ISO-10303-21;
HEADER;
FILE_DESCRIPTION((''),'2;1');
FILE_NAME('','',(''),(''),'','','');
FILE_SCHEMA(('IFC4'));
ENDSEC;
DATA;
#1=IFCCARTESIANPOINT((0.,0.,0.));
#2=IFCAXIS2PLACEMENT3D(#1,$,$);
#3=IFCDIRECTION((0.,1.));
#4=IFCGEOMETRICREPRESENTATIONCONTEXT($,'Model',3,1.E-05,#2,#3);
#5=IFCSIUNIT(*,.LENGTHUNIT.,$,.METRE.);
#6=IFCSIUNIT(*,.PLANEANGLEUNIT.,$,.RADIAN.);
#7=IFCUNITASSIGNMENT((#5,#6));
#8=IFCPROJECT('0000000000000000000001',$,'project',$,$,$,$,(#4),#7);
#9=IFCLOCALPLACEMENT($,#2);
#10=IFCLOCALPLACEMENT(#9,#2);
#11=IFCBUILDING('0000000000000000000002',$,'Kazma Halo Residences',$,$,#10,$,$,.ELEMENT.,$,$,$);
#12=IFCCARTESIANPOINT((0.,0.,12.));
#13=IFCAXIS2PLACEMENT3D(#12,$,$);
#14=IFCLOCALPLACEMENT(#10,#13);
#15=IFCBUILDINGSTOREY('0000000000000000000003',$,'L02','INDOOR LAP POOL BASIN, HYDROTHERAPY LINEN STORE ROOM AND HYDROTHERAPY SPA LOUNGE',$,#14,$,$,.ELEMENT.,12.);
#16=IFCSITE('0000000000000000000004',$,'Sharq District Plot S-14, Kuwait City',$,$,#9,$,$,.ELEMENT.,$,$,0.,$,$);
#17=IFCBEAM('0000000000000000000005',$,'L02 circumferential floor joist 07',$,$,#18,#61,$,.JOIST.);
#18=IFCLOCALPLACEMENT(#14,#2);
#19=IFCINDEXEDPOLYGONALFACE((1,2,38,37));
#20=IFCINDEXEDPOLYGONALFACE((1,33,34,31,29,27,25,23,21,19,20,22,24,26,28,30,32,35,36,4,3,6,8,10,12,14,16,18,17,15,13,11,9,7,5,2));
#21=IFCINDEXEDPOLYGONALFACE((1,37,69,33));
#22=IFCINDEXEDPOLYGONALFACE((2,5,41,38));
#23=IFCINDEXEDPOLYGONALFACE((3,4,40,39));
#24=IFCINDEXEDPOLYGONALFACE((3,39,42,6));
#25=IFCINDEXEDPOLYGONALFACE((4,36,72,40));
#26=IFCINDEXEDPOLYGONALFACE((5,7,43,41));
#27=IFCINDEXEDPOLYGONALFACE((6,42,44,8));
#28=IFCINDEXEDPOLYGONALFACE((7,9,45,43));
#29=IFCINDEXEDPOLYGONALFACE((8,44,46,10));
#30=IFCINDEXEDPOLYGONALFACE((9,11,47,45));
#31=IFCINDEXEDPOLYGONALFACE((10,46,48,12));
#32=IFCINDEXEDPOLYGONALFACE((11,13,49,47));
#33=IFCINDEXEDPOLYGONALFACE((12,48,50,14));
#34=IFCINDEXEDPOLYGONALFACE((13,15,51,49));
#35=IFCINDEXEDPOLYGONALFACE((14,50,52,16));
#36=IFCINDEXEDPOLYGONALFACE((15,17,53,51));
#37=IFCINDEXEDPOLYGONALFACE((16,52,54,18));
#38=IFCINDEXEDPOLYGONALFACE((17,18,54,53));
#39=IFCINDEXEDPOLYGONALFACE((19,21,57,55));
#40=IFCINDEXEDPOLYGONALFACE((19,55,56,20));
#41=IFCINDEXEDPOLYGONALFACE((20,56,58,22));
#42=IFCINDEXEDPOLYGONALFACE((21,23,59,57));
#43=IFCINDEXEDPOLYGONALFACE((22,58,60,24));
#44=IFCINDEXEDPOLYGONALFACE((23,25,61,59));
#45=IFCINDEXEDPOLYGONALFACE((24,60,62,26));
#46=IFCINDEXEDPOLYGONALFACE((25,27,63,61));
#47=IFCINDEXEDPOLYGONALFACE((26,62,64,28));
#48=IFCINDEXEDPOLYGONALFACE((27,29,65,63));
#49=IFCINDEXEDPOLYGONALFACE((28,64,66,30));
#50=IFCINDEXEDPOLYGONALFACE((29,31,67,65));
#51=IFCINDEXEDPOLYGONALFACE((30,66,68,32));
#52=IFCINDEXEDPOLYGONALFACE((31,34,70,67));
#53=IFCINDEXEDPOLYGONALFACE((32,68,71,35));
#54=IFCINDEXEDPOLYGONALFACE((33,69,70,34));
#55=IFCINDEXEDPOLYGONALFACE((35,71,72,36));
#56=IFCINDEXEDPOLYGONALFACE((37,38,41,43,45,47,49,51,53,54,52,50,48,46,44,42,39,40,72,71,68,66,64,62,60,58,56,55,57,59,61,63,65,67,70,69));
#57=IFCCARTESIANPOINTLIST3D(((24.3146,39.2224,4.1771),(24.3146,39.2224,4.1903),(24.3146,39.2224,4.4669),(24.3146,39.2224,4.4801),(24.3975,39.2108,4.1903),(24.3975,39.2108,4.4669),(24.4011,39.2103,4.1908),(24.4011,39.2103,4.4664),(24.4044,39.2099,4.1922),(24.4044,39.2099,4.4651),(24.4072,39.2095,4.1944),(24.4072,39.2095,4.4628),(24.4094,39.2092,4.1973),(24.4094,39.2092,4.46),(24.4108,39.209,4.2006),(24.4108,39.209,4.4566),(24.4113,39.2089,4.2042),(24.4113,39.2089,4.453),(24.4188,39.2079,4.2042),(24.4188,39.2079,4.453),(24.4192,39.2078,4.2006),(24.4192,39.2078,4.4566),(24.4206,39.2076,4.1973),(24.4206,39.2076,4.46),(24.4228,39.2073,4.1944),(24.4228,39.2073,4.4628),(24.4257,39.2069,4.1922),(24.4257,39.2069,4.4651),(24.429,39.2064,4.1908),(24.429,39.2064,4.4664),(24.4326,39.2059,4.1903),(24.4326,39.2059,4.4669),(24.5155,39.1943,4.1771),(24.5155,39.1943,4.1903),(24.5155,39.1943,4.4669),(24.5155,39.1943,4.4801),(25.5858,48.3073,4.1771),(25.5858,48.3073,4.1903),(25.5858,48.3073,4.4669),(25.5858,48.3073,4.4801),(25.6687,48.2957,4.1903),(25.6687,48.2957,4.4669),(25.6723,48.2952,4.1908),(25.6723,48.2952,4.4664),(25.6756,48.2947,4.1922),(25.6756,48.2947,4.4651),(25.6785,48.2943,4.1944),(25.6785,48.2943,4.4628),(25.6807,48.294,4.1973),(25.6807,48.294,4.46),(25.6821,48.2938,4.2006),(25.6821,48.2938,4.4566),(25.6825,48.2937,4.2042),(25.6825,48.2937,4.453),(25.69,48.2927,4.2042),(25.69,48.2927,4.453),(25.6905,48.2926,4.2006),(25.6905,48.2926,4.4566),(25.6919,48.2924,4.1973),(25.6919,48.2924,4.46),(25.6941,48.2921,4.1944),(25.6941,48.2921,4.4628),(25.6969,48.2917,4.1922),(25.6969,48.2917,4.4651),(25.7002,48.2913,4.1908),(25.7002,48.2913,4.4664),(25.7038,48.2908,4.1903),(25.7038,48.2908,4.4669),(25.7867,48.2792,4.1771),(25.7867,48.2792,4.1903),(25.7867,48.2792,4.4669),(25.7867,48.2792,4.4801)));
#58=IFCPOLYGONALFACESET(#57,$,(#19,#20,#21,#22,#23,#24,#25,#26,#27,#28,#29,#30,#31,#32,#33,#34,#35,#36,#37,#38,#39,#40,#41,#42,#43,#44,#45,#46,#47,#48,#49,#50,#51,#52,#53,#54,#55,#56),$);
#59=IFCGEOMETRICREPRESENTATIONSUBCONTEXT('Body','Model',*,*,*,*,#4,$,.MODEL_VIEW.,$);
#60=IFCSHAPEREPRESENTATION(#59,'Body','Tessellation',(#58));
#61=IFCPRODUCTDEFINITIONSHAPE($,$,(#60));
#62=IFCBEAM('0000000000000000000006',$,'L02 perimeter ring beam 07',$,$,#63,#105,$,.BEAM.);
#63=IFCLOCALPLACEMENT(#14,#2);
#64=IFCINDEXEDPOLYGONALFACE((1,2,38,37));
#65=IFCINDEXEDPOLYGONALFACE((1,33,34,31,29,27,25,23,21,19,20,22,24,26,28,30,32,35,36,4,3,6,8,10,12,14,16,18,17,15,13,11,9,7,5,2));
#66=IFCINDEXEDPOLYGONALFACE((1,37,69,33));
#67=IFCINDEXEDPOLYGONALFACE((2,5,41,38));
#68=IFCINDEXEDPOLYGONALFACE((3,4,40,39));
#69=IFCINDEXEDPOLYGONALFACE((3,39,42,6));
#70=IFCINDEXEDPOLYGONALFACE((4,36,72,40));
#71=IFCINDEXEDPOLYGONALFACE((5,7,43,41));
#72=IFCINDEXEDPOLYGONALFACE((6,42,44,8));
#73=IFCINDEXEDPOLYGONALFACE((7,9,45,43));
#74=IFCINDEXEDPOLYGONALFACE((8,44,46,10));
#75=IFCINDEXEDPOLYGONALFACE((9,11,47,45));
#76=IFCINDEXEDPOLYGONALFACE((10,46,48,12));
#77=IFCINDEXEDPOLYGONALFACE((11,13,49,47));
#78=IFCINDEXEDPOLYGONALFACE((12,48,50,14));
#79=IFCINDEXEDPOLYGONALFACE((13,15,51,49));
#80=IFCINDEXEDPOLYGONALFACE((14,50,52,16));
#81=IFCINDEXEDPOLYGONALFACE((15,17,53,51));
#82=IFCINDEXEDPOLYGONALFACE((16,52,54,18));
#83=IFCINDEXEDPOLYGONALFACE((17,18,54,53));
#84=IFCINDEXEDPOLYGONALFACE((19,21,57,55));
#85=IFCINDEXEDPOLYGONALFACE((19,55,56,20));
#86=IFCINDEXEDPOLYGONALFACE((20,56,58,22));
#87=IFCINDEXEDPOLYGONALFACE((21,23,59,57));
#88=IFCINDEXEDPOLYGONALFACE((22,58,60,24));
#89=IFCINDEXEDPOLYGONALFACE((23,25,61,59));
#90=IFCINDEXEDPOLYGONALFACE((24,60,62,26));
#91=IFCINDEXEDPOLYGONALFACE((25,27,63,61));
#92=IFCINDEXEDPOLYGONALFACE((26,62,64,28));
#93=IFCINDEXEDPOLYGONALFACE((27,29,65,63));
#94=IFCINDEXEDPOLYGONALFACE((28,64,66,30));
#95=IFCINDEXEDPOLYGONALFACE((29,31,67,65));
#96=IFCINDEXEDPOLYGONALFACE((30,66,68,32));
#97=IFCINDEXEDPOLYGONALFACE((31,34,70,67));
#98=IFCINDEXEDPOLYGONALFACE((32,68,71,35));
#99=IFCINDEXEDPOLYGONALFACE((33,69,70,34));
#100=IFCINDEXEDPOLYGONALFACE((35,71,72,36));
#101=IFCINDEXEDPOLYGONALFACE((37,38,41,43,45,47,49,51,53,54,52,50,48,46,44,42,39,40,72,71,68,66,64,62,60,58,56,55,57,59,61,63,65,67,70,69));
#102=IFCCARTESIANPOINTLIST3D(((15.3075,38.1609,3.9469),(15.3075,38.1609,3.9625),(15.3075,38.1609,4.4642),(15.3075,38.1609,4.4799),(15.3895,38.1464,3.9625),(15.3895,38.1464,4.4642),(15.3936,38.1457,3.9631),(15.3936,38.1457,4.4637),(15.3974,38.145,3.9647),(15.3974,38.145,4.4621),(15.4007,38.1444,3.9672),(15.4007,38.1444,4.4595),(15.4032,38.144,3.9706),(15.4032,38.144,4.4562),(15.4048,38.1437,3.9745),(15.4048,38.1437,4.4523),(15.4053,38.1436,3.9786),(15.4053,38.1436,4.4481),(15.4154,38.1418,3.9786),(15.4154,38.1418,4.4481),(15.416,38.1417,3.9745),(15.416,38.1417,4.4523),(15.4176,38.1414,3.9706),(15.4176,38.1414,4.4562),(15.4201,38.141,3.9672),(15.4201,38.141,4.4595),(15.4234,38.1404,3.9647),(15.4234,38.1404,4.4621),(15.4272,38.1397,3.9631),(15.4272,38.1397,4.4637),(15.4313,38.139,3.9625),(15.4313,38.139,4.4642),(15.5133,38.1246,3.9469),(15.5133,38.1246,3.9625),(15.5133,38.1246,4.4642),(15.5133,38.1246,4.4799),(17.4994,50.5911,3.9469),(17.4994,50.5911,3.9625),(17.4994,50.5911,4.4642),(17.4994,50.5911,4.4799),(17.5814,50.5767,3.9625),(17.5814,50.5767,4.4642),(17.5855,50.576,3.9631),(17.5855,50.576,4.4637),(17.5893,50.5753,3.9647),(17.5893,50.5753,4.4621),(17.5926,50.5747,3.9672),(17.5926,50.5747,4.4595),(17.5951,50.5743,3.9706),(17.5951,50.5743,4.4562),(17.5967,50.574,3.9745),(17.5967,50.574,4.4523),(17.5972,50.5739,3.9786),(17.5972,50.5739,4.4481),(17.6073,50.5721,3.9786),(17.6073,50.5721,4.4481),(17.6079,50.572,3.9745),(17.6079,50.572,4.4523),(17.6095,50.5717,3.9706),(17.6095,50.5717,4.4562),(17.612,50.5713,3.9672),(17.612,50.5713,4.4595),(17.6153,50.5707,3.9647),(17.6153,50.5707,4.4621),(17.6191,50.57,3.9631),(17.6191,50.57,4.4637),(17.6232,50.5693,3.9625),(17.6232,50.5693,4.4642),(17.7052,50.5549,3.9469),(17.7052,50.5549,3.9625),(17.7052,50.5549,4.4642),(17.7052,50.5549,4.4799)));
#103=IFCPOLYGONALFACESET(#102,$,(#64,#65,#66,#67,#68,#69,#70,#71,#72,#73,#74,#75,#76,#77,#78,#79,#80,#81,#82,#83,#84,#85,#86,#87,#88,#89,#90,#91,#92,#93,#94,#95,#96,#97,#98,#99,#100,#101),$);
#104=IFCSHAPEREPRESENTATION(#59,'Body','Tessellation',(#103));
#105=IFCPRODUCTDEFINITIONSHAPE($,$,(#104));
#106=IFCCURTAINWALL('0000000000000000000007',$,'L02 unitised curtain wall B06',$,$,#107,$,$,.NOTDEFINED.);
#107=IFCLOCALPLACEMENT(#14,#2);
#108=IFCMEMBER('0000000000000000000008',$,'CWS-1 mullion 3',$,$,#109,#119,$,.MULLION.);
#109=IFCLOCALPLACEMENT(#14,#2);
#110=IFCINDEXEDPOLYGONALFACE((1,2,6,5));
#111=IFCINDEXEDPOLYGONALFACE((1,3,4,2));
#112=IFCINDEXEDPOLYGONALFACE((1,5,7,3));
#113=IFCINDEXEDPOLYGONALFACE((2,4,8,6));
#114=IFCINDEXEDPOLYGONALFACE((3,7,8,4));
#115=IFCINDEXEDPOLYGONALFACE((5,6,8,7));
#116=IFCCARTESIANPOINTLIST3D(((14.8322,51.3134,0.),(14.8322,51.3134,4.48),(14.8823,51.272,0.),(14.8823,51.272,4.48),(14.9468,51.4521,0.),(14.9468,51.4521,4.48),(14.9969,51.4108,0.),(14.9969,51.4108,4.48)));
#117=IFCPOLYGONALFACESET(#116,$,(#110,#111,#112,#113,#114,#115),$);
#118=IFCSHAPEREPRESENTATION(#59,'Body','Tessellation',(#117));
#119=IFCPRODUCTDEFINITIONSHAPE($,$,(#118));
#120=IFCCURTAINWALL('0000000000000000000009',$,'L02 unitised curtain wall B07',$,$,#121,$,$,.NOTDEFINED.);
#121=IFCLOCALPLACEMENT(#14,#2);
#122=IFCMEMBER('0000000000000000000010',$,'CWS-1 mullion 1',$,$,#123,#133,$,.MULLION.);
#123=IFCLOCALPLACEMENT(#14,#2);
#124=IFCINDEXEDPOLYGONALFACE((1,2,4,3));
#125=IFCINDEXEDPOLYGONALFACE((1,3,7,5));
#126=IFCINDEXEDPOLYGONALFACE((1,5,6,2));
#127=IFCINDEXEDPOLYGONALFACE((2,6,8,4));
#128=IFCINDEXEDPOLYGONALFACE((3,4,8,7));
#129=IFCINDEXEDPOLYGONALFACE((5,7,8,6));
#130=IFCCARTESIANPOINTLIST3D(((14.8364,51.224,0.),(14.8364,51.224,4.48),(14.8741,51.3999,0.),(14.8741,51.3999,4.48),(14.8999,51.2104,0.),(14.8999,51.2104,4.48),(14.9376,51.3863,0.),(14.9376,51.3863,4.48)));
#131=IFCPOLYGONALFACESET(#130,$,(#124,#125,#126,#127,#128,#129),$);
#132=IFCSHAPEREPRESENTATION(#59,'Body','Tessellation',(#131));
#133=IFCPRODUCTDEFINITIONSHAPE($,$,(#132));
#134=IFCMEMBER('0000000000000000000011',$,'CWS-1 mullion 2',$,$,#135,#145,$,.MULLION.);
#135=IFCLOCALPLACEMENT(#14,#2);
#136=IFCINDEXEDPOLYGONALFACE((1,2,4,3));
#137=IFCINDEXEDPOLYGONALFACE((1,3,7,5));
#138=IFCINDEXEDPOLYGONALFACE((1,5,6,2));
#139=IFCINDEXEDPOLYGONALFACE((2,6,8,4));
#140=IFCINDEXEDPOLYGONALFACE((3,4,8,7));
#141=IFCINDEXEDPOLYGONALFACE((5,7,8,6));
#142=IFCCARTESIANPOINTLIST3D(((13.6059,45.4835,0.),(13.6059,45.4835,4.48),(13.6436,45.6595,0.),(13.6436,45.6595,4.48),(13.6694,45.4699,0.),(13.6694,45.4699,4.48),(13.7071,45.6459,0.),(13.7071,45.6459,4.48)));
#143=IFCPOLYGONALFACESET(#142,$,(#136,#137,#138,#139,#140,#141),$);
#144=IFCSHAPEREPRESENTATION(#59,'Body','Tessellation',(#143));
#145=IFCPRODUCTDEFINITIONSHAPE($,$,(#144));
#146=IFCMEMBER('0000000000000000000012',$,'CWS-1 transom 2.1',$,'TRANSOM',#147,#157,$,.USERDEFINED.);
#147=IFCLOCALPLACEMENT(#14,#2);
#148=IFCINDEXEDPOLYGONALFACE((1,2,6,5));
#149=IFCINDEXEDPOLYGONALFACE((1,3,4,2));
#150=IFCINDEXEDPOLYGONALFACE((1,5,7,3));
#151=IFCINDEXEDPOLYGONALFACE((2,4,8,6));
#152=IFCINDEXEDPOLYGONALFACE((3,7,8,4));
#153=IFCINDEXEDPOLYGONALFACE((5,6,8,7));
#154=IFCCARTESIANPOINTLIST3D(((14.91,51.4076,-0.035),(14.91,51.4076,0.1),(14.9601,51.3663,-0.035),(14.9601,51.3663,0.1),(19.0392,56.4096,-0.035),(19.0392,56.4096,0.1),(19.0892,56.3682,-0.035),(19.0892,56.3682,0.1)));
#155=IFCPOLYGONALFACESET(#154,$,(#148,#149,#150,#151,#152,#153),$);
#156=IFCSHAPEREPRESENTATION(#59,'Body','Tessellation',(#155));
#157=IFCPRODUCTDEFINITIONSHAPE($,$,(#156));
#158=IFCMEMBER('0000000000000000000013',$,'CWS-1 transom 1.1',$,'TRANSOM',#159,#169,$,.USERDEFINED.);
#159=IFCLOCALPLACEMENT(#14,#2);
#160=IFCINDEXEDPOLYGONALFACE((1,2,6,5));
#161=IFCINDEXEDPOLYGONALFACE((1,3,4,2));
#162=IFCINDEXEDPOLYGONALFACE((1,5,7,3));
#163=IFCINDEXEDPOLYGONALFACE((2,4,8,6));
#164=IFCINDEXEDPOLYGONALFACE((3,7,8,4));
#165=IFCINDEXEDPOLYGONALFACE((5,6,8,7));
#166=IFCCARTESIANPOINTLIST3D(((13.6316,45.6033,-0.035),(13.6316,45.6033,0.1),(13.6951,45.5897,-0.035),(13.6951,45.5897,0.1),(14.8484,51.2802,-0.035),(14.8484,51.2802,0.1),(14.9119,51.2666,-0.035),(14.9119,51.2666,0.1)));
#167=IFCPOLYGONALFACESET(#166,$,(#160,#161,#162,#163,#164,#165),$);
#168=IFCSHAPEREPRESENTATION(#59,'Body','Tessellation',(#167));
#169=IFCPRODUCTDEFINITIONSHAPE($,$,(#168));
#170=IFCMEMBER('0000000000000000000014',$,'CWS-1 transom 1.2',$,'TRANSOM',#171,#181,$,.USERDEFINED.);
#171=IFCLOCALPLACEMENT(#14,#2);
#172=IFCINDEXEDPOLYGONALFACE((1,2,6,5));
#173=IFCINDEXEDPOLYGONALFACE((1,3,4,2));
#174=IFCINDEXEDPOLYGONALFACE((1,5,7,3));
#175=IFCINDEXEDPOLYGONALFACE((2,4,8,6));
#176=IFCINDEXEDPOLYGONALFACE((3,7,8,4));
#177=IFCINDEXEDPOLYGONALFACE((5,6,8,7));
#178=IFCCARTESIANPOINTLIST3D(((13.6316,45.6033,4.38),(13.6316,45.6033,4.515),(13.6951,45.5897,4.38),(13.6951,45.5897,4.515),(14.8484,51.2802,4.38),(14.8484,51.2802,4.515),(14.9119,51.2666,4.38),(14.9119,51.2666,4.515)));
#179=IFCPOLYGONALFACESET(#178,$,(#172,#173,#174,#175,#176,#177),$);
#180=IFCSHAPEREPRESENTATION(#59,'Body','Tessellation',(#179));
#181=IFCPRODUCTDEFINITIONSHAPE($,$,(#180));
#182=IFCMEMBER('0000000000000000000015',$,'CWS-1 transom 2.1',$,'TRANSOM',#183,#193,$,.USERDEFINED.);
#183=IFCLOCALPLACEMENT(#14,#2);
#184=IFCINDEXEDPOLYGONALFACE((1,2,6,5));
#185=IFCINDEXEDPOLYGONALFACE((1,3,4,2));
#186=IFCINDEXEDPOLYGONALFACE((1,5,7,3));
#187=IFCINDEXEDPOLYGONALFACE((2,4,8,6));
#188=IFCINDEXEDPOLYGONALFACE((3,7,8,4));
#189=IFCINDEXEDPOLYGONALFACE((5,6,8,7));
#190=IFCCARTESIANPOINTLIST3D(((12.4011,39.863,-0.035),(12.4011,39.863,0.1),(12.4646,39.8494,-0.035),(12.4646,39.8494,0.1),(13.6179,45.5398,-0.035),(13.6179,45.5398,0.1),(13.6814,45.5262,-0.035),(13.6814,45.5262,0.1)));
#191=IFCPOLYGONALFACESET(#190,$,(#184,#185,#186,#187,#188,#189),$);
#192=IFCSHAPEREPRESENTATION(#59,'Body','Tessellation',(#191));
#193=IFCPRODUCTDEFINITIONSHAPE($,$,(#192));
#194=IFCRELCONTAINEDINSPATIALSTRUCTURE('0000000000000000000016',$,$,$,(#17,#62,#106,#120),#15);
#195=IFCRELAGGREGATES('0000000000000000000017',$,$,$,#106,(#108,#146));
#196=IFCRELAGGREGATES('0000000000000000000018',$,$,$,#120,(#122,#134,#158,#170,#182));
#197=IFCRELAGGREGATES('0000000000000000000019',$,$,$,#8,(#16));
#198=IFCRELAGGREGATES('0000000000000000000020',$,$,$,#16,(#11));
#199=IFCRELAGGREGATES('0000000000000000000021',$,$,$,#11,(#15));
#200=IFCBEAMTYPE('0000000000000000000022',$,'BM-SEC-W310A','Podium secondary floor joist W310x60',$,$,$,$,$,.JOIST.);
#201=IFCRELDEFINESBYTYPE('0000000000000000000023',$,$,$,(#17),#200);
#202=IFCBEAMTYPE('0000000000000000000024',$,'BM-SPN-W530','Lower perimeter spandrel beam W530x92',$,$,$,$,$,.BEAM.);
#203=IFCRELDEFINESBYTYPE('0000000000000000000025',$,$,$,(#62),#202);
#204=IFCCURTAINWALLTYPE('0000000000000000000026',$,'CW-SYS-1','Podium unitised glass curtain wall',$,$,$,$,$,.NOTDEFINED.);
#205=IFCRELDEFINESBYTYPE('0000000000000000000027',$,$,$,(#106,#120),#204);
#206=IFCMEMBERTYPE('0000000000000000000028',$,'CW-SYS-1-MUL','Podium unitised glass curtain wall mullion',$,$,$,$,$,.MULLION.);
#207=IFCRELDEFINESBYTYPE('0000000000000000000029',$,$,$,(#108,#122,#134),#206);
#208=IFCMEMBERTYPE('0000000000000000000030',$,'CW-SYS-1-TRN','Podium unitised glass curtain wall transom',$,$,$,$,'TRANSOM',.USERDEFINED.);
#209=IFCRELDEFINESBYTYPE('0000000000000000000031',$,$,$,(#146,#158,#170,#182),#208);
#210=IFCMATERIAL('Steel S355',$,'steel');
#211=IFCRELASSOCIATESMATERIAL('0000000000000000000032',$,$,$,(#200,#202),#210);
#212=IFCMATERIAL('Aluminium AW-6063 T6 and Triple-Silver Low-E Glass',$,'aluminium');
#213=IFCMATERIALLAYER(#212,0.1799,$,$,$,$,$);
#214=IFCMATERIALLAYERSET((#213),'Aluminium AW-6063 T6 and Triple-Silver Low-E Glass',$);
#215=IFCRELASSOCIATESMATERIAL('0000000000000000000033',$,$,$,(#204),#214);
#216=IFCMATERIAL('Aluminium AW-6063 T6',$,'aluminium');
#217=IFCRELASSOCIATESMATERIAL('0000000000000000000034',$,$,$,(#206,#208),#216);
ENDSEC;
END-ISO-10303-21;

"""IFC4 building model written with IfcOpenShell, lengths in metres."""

from ifc_helpers import new_model, si_unit, direction, frame, origin, origin_2d, place, context, subcontext, project, spatial, rectangle, i_section, extrude, material, layer, layer_set, material_profile, profile_set, type_object, element, aggregate, save


model = new_model("IFC4")

# Units and contexts
model_context = context("Model", 3, precision=1e-05, world=origin(), true_north=direction((0.0, 1.0)))
body_context = subcontext(model_context, "Body", "Model", "MODEL_VIEW")
ifc_project = project(units=[si_unit("LENGTHUNIT", "METRE"), si_unit("PLANEANGLEUNIT", "RADIAN")], contexts=[model_context])

# Site, building, storey
site_placement = place(None, origin())
site = spatial("IfcSite", under=ifc_project, at=site_placement, Name="Sharq District Plot S-14, Kuwait City", CompositionType="ELEMENT", RefElevation=0.0)
building_placement = place(site_placement, origin())
building = spatial("IfcBuilding", under=site, at=building_placement, Name="Kazma Halo Residences", CompositionType="ELEMENT")
storey_placement = place(building_placement, frame((0.0, 0.0, 12.0)))
storey = spatial("IfcBuildingStorey", under=building, at=storey_placement, Name="L02", Description="INDOOR LAP POOL BASIN, HYDROTHERAPY LINEN STORE ROOM AND HYDROTHERAPY SPA LOUNGE", CompositionType="ELEMENT", Elevation=12.0)

# Beams
ifc_material_1 = material(Name="Steel S355", Category="steel")
ifc_material_profile_1 = material_profile(ifc_material_1, i_section(OverallWidth=0.2029, OverallDepth=0.303, WebThickness=0.0076, FlangeThickness=0.0132, FilletRadius=0.0139, at=origin_2d()), Name="W310x60")
ifc_profile_set_1 = profile_set([ifc_material_profile_1], Name="Steel S355")
beam_type_1 = type_object("IfcBeamType", Name="BM-SEC-W310A", Description="Podium secondary floor joist W310x60", PredefinedType="JOIST", material=ifc_profile_set_1)
beam_1_placement = place(storey_placement, frame((25.6863, 48.2932, 4.3286), z_axis=(-0.138582, -0.990351, 0.0), x_axis=(0.990351, -0.138582, 0.0)))
element("IfcBeam", 1, at=beam_1_placement, inside=storey, type_object=beam_type_1, Name="L02 circumferential floor joist 07", PredefinedType="JOIST", context=body_context, shape_type="SweptSolid", body=[
    extrude(i_section(OverallWidth=0.2029, OverallDepth=0.303, WebThickness=0.0076, FlangeThickness=0.0132, FilletRadius=0.0139, at=origin_2d()), origin(), (0.0, 0.0, 1.0), 9.1733),
])
ifc_material_profile_2 = material_profile(ifc_material_1, i_section(OverallWidth=0.209, OverallDepth=0.533, WebThickness=0.0103, FlangeThickness=0.0156, FilletRadius=0.0161, at=origin_2d()), Name="W530x92")
ifc_profile_set_2 = profile_set([ifc_material_profile_2], Name="Steel S355")
beam_type_2 = type_object("IfcBeamType", Name="BM-SPN-W530", Description="Lower perimeter spandrel beam W530x92", PredefinedType="BEAM", material=ifc_profile_set_2)
beam_2_placement = place(storey_placement, frame((17.6023, 50.573, 4.2134), z_axis=(-0.173657, -0.984806, 0.0), x_axis=(0.984806, -0.173657, 0.0)))
element("IfcBeam", 2, at=beam_2_placement, inside=storey, type_object=beam_type_2, Name="L02 perimeter ring beam 07", PredefinedType="BEAM", context=body_context, shape_type="SweptSolid", body=[
    extrude(i_section(OverallWidth=0.209, OverallDepth=0.533, WebThickness=0.0103, FlangeThickness=0.0156, FilletRadius=0.0161, at=origin_2d()), origin(), (0.0, 0.0, 1.0), 12.6221),
])

# Curtain wall, member
ifc_material_2 = material(Name="Aluminium AW-6063 T6 and Triple-Silver Low-E Glass", Category="aluminium")
ifc_layer_1 = layer(ifc_material_2, 0.1799)
ifc_layer_set_1 = layer_set([ifc_layer_1], Name="Aluminium AW-6063 T6 and Triple-Silver Low-E Glass")
curtain_wall_type = type_object("IfcCurtainWallType", Name="CW-SYS-1", Description="Podium unitised glass curtain wall", PredefinedType="NOTDEFINED", material=ifc_layer_set_1)
curtain_wall_1_placement = place(storey_placement, origin())
curtain_wall_1 = element("IfcCurtainWall", 3, at=curtain_wall_1_placement, inside=storey, type_object=curtain_wall_type, Name="L02 unitised curtain wall B06", PredefinedType="NOTDEFINED")
ifc_material_3 = material(Name="Aluminium AW-6063 T6", Category="aluminium")
ifc_material_profile_3 = material_profile(ifc_material_3, rectangle(XDim=0.0649, YDim=0.1799, at=origin_2d()), Name="CWM-65x180")
ifc_profile_set_3 = profile_set([ifc_material_profile_3], Name="Aluminium AW-6063 T6")
member_type_1 = type_object("IfcMemberType", Name="CW-SYS-1-MUL", Description="Podium unitised glass curtain wall mullion", PredefinedType="MULLION", material=ifc_profile_set_3)
member_1_placement = place(storey_placement, frame((14.9146, 51.3621, 0.0), z_axis=(0.0, 0.0, 1.0), x_axis=(0.771192, -0.636603, 0.0)))
member_1 = element("IfcMember", 4, at=member_1_placement, type_object=member_type_1, Name="CWS-1 mullion 3", PredefinedType="MULLION", context=body_context, shape_type="SweptSolid", body=[
    extrude(rectangle(XDim=0.0649, YDim=0.1799, at=origin_2d()), origin(), (0.0, 0.0, 1.0), 4.48),
])

# Curtain wall, members
curtain_wall_2_placement = place(storey_placement, origin())
curtain_wall_2 = element("IfcCurtainWall", 5, at=curtain_wall_2_placement, inside=storey, type_object=curtain_wall_type, Name="L02 unitised curtain wall B07", PredefinedType="NOTDEFINED")
member_2_placement = place(storey_placement, frame((14.887, 51.3052, 0.0), z_axis=(0.0, 0.0, 1.0), x_axis=(0.977788, -0.209596, 0.0)))
member_2 = element("IfcMember", 6, at=member_2_placement, type_object=member_type_1, Name="CWS-1 mullion 1", PredefinedType="MULLION", context=body_context, shape_type="SweptSolid", body=[
    extrude(rectangle(XDim=0.0649, YDim=0.1799, at=origin_2d()), origin(), (0.0, 0.0, 1.0), 4.48),
])
member_3_placement = place(storey_placement, frame((13.6565, 45.5647, 0.0), z_axis=(0.0, 0.0, 1.0), x_axis=(0.977788, -0.209596, 0.0)))
member_3 = element("IfcMember", 7, at=member_3_placement, type_object=member_type_1, Name="CWS-1 mullion 2", PredefinedType="MULLION", context=body_context, shape_type="SweptSolid", body=[
    extrude(rectangle(XDim=0.0649, YDim=0.1799, at=origin_2d()), origin(), (0.0, 0.0, 1.0), 4.48),
])

# Members
ifc_material_profile_4 = material_profile(ifc_material_3, rectangle(XDim=0.0649, YDim=0.135, at=origin_2d()), Name="CWT-65x135")
ifc_profile_set_4 = profile_set([ifc_material_profile_4], Name="Aluminium AW-6063 T6")
member_type_2 = type_object("IfcMemberType", Name="CW-SYS-1-TRN", Description="Podium unitised glass curtain wall transom", ElementType="TRANSOM", PredefinedType="USERDEFINED", material=ifc_profile_set_4)
member_4_placement = place(storey_placement, frame((19.0642, 56.3889, 0.0325), z_axis=(-0.636616, -0.771181, 0.0), x_axis=(0.771181, -0.636616, 0.0)))
member_4 = element("IfcMember", 8, at=member_4_placement, type_object=member_type_2, Name="CWS-1 transom 2.1", ObjectType="TRANSOM", PredefinedType="USERDEFINED", context=body_context, shape_type="SweptSolid", body=[
    extrude(rectangle(XDim=0.0649, YDim=0.135, at=origin_2d()), origin(), (0.0, 0.0, 1.0), 6.4861),
])
member_5_placement = place(storey_placement, frame((14.8801, 51.2734, 0.0325), z_axis=(-0.209578, -0.977792, 0.0), x_axis=(0.977792, -0.209578, 0.0)))
member_5 = element("IfcMember", 9, at=member_5_placement, type_object=member_type_2, Name="CWS-1 transom 1.1", ObjectType="TRANSOM", PredefinedType="USERDEFINED", context=body_context, shape_type="SweptSolid", body=[
    extrude(rectangle(XDim=0.0649, YDim=0.135, at=origin_2d()), origin(), (0.0, 0.0, 1.0), 5.8059),
])
member_6_placement = place(storey_placement, frame((14.8801, 51.2734, 4.4475), z_axis=(-0.209578, -0.977792, 0.0), x_axis=(0.977792, -0.209578, 0.0)))
member_6 = element("IfcMember", 10, at=member_6_placement, type_object=member_type_2, Name="CWS-1 transom 1.2", ObjectType="TRANSOM", PredefinedType="USERDEFINED", context=body_context, shape_type="SweptSolid", body=[
    extrude(rectangle(XDim=0.0649, YDim=0.135, at=origin_2d()), origin(), (0.0, 0.0, 1.0), 5.8059),
])
member_7_placement = place(storey_placement, frame((13.6497, 45.533, 0.0325), z_axis=(-0.209587, -0.97779, 0.0), x_axis=(0.97779, -0.209587, 0.0)))
member_7 = element("IfcMember", 11, at=member_7_placement, type_object=member_type_2, Name="CWS-1 transom 2.1", ObjectType="TRANSOM", PredefinedType="USERDEFINED", context=body_context, shape_type="SweptSolid", body=[
    extrude(rectangle(XDim=0.0649, YDim=0.135, at=origin_2d()), origin(), (0.0, 0.0, 1.0), 5.8057),
])

aggregate(curtain_wall_1, [member_1, member_4])
aggregate(curtain_wall_2, [member_2, member_3, member_5, member_6, member_7])

save(model, "model.ifc")
